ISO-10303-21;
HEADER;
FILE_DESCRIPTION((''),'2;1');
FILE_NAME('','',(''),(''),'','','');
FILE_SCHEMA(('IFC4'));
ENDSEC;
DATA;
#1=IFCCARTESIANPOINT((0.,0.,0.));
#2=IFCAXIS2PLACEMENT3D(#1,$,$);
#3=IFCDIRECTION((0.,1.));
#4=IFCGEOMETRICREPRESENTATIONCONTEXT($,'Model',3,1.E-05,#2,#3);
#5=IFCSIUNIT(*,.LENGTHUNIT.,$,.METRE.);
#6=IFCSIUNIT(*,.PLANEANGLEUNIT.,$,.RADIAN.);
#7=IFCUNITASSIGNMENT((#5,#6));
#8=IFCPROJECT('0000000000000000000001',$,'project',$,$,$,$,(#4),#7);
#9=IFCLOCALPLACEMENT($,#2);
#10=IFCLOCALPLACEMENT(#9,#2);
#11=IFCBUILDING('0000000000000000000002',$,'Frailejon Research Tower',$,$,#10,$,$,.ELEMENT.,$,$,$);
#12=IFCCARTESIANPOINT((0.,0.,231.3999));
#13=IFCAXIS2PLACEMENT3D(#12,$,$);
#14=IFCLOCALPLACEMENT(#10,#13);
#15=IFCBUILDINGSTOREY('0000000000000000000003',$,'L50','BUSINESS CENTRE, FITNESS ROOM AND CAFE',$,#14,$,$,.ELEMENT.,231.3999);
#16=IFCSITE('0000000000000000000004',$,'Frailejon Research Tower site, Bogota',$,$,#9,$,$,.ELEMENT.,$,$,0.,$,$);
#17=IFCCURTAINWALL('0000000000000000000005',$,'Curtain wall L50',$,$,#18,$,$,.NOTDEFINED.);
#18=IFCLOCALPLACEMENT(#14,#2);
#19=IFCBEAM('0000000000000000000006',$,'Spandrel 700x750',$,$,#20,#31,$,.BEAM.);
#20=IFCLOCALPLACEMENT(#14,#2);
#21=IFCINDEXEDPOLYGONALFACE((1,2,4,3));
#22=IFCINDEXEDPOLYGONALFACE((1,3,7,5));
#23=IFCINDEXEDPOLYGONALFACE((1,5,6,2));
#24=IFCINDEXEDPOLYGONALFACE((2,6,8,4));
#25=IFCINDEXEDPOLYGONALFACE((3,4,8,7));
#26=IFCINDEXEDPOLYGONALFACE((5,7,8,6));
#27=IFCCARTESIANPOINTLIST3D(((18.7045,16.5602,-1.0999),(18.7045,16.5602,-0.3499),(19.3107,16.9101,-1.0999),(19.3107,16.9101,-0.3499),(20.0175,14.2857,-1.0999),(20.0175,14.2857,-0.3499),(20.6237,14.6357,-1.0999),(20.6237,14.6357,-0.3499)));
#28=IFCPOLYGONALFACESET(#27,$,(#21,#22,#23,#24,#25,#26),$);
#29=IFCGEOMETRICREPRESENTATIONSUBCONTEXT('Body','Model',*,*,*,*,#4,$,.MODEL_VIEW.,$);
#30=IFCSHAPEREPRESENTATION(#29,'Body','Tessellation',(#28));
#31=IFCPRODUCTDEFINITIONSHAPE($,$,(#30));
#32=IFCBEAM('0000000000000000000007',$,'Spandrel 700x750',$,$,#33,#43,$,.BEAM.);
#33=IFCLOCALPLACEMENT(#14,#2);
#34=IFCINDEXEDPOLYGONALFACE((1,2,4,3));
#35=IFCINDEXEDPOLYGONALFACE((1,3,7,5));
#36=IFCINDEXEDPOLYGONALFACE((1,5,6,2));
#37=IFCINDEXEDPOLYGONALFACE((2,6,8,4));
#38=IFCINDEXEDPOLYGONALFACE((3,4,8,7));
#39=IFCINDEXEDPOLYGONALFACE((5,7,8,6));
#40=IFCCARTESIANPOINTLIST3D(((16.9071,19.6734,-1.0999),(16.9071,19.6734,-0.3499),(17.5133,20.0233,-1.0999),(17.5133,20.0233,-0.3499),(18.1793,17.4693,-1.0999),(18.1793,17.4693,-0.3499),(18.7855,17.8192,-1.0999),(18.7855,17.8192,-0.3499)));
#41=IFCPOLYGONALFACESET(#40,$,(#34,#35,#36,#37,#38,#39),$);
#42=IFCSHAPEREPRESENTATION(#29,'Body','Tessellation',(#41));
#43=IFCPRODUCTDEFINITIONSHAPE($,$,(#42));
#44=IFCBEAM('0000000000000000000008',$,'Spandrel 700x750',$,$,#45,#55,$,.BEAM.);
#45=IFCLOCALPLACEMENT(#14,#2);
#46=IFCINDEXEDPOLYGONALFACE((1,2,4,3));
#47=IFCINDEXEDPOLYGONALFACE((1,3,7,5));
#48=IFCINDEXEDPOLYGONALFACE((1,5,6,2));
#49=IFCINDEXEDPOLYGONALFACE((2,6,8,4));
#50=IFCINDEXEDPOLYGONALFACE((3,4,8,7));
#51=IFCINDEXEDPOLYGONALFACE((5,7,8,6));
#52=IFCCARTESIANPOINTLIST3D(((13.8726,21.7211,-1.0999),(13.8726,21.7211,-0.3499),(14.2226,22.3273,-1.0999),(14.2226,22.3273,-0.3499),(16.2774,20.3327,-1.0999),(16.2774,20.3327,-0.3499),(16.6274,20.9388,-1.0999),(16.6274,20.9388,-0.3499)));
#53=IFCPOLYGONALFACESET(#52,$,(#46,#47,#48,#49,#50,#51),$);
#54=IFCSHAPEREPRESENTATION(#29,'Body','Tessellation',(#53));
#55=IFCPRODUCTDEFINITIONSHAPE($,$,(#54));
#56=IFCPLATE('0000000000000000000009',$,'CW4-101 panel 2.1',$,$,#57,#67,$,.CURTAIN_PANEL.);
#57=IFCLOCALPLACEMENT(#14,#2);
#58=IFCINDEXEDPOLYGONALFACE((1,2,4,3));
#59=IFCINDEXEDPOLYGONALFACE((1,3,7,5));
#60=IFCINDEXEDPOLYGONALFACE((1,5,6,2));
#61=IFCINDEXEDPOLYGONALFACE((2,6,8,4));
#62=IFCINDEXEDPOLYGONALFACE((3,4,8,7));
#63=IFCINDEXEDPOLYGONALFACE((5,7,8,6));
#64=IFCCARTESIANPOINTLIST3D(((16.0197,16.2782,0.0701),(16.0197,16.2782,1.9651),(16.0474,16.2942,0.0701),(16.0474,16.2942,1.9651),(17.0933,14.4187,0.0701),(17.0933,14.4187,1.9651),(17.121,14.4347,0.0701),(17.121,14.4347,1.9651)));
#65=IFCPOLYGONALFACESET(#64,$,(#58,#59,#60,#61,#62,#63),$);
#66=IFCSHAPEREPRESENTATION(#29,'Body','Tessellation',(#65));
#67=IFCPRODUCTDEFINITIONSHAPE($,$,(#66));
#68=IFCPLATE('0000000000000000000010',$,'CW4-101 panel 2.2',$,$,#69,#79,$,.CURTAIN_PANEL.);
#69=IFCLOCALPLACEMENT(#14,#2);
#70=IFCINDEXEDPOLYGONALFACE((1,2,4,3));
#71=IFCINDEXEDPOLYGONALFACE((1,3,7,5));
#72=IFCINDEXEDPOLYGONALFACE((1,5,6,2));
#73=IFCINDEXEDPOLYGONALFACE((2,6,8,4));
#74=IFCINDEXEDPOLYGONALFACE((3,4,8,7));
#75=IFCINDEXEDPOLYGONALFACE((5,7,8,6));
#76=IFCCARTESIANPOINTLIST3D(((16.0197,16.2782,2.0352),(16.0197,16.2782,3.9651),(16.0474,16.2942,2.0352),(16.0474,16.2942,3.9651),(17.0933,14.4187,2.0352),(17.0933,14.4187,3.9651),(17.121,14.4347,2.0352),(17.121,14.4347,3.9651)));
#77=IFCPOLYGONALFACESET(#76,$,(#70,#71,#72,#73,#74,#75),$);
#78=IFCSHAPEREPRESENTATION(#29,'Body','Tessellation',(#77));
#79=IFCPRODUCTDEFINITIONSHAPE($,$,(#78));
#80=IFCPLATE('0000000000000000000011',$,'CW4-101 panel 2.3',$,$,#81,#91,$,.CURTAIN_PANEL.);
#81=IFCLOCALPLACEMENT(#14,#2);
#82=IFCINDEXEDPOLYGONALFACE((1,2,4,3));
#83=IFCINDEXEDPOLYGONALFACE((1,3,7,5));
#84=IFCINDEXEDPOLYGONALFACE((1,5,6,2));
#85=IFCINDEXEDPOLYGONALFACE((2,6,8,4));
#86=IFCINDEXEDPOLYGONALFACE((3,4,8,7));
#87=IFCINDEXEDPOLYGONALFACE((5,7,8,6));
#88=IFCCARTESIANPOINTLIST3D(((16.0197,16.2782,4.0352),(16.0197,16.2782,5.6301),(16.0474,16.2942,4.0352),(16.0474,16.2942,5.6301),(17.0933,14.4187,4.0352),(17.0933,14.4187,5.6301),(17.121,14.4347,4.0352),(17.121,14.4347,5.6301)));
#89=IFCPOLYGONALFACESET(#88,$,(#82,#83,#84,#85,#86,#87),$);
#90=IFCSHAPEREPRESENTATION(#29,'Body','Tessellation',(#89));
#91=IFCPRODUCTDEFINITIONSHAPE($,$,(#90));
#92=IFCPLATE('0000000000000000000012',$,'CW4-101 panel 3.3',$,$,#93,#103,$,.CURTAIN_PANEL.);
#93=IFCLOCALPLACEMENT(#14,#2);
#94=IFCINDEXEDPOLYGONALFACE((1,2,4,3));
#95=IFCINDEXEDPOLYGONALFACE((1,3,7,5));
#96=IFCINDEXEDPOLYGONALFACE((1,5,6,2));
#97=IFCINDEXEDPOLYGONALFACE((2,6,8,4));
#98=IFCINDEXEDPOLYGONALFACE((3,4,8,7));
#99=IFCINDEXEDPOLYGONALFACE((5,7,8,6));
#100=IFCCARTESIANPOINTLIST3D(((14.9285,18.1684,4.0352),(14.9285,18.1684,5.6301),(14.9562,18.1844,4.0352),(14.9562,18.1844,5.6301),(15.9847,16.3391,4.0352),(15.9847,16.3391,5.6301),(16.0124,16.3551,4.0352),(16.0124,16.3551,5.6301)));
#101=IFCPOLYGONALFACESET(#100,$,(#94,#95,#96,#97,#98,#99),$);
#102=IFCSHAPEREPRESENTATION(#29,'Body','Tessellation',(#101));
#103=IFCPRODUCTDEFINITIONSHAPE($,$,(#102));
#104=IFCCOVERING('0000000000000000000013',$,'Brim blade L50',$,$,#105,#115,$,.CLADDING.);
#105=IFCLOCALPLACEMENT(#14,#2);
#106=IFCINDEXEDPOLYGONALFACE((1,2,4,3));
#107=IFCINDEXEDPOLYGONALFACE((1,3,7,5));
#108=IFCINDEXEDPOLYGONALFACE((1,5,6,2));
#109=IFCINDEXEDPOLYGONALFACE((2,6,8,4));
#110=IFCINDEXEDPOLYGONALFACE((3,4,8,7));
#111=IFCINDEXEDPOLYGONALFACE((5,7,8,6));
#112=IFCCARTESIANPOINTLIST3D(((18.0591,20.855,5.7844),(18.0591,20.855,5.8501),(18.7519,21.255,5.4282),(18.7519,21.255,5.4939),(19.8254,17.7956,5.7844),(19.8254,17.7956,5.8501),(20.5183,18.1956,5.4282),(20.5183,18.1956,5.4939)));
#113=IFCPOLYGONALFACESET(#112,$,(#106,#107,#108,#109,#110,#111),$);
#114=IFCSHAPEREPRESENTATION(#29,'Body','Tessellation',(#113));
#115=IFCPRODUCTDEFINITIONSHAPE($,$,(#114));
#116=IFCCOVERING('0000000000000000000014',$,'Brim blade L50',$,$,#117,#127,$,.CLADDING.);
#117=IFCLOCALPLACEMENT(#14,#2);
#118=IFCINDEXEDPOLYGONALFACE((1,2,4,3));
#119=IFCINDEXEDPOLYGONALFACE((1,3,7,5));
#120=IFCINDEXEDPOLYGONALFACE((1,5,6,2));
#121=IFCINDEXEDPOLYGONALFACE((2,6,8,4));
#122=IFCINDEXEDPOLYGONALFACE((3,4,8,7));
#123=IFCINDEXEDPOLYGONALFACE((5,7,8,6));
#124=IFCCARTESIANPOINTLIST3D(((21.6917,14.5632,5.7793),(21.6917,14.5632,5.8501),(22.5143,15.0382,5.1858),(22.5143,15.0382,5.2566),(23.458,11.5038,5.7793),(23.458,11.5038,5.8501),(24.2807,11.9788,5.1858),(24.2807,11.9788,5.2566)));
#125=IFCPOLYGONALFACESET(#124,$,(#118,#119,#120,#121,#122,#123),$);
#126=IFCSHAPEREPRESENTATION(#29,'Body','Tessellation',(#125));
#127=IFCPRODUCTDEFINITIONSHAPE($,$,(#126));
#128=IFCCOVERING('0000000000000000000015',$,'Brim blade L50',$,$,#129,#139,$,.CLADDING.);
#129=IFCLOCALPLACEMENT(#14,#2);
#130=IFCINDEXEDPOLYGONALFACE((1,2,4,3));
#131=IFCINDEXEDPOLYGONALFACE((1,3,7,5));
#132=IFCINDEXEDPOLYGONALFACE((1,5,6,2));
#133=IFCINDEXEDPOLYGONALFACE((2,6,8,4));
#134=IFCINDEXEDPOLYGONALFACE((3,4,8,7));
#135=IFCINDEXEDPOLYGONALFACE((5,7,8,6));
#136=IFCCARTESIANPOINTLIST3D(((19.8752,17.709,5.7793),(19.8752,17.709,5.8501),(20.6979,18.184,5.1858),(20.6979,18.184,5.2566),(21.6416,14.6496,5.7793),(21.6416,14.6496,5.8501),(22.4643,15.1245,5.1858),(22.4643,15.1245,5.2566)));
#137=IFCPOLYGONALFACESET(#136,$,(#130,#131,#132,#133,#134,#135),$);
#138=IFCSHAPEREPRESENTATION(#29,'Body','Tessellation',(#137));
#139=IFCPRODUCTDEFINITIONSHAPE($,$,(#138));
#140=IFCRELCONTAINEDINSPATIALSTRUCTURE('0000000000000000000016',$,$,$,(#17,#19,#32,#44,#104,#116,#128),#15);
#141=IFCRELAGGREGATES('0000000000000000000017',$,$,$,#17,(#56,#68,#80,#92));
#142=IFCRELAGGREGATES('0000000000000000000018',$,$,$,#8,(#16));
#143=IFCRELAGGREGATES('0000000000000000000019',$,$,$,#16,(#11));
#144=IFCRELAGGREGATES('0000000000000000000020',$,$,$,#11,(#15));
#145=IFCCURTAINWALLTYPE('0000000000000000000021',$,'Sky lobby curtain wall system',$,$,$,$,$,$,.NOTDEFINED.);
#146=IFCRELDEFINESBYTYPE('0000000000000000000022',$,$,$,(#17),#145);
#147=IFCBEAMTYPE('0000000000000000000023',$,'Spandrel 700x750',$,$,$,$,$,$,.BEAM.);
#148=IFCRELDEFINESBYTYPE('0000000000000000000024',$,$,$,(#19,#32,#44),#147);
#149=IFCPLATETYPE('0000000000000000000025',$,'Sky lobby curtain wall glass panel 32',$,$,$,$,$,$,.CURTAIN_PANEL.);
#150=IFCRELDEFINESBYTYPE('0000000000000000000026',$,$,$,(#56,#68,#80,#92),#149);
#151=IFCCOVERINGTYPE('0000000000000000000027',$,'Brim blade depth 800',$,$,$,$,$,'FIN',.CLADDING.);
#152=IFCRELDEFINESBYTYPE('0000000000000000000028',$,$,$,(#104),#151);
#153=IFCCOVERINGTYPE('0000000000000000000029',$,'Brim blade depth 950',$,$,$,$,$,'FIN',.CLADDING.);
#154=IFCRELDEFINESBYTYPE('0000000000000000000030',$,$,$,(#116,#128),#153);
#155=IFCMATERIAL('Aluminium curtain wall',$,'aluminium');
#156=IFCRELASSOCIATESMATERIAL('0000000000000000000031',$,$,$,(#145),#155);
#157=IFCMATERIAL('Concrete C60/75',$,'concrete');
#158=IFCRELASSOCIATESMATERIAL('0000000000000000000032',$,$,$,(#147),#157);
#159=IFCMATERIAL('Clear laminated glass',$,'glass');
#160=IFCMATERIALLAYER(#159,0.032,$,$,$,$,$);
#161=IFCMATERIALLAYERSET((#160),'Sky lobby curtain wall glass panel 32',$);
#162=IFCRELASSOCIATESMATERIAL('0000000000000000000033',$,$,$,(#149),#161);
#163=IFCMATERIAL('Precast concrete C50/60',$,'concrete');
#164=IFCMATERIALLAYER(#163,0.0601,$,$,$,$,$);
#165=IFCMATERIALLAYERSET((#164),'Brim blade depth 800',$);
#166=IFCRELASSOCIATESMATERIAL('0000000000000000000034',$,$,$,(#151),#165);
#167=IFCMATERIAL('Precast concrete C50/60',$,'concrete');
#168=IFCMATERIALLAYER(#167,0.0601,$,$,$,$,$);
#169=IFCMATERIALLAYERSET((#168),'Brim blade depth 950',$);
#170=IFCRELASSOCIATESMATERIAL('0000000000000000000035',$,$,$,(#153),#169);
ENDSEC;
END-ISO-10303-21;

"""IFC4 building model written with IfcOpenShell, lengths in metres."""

from ifc_helpers import new_model, si_unit, direction, frame, origin, origin_2d, place, context, subcontext, project, spatial, polyline, rectangle, outline, extrude, material, layer, layer_set, material_profile, profile_set, type_object, element, aggregate, save


model = new_model("IFC4")

# Units and contexts
model_context = context("Model", 3, precision=1e-05, world=origin(), true_north=direction((0.0, 1.0)))
body_context = subcontext(model_context, "Body", "Model", "MODEL_VIEW")
ifc_project = project(units=[si_unit("LENGTHUNIT", "METRE"), si_unit("PLANEANGLEUNIT", "RADIAN")], contexts=[model_context])

# Site, building, storey
site_placement = place(None, origin())
site = spatial("IfcSite", under=ifc_project, at=site_placement, Name="Frailejon Research Tower site, Bogota", CompositionType="ELEMENT", RefElevation=0.0)
building_placement = place(site_placement, origin())
building = spatial("IfcBuilding", under=site, at=building_placement, Name="Frailejon Research Tower", CompositionType="ELEMENT")
storey_placement = place(building_placement, frame((0.0, 0.0, 231.3999)))
storey = spatial("IfcBuildingStorey", under=building, at=storey_placement, Name="L50", Description="BUSINESS CENTRE, FITNESS ROOM AND CAFE", CompositionType="ELEMENT", Elevation=231.3999)

# Curtain wall
ifc_material_1 = material(Name="Aluminium curtain wall", Category="aluminium")
curtain_wall_type = type_object("IfcCurtainWallType", Name="Sky lobby curtain wall system", PredefinedType="NOTDEFINED", material=ifc_material_1)
curtain_wall_placement = place(storey_placement, origin())
curtain_wall = element("IfcCurtainWall", 1, at=curtain_wall_placement, inside=storey, type_object=curtain_wall_type, Name="Curtain wall L50", PredefinedType="NOTDEFINED")

# Beams
ifc_material_2 = material(Name="Concrete C60/75", Category="concrete")
ifc_material_profile_1 = material_profile(ifc_material_2, rectangle(XDim=0.7, YDim=0.75, at=origin_2d()), Name="Spandrel 700x750")
ifc_profile_set_1 = profile_set([ifc_material_profile_1], Name="Concrete C60/75")
beam_type_1 = type_object("IfcBeamType", Name="Spandrel 700x750", PredefinedType="BEAM", material=ifc_profile_set_1)
beam_1_placement = place(storey_placement, frame((20.3206, 14.4607, -0.7249), z_axis=(-0.499959, 0.866049, 0.0), x_axis=(-0.866049, -0.499959, 0.0)))
element("IfcBeam", 2, at=beam_1_placement, inside=storey, type_object=beam_type_1, Name="Spandrel 700x750", PredefinedType="BEAM", context=body_context, shape_type="SweptSolid", body=[
    extrude(rectangle(XDim=0.7, YDim=0.75, at=origin_2d()), origin(), (0.0, 0.0, 1.0), 2.6262),
])
beam_2_placement = place(storey_placement, frame((18.4824, 17.6443, -0.7249), z_axis=(-0.499905, 0.86608, 0.0), x_axis=(-0.86608, -0.499905, 0.0)))
element("IfcBeam", 3, at=beam_2_placement, inside=storey, type_object=beam_type_1, Name="Spandrel 700x750", PredefinedType="BEAM", context=body_context, shape_type="SweptSolid", body=[
    extrude(rectangle(XDim=0.7, YDim=0.75, at=origin_2d()), origin(), (0.0, 0.0, 1.0), 2.5449),
])
beam_3_placement = place(storey_placement, frame((16.4524, 20.6357, -0.7249), z_axis=(-0.866022, 0.500007, 0.0), x_axis=(-0.500007, -0.866022, 0.0)))
element("IfcBeam", 4, at=beam_3_placement, inside=storey, type_object=beam_type_1, Name="Spandrel 700x750", PredefinedType="BEAM", context=body_context, shape_type="SweptSolid", body=[
    extrude(rectangle(XDim=0.7, YDim=0.75, at=origin_2d()), origin(), (0.0, 0.0, 1.0), 2.7769),
])

# Plates
ifc_material_3 = material(Name="Clear laminated glass", Category="glass")
ifc_layer_1 = layer(ifc_material_3, 0.032)
ifc_layer_set_1 = layer_set([ifc_layer_1], Name="Sky lobby curtain wall glass panel 32")
plate_type = type_object("IfcPlateType", Name="Sky lobby curtain wall glass panel 32", PredefinedType="CURTAIN_PANEL", material=ifc_layer_set_1)
plate_1_placement = place(storey_placement, frame((16.5703, 15.3564, 0.0701), z_axis=(0.0, 0.0, 1.0), x_axis=(-0.5, 0.866025, 0.0)))
plate_1 = element("IfcPlate", 5, at=plate_1_placement, type_object=plate_type, Name="CW4-101 panel 2.1", PredefinedType="CURTAIN_PANEL", context=body_context, shape_type="SweptSolid", body=[
    extrude(rectangle(XDim=2.1472, YDim=0.032, at=origin_2d()), origin(), (0.0, 0.0, 1.0), 1.895),
])
plate_2_placement = place(storey_placement, frame((16.5703, 15.3564, 2.0352), z_axis=(0.0, 0.0, 1.0), x_axis=(-0.5, 0.866025, 0.0)))
plate_2 = element("IfcPlate", 6, at=plate_2_placement, type_object=plate_type, Name="CW4-101 panel 2.2", PredefinedType="CURTAIN_PANEL", context=body_context, shape_type="SweptSolid", body=[
    extrude(rectangle(XDim=2.1472, YDim=0.032, at=origin_2d()), origin(), (0.0, 0.0, 1.0), 1.9299),
])
plate_3_placement = place(storey_placement, frame((16.5703, 15.3564, 4.0352), z_axis=(0.0, 0.0, 1.0), x_axis=(-0.5, 0.866025, 0.0)))
plate_3 = element("IfcPlate", 7, at=plate_3_placement, type_object=plate_type, Name="CW4-101 panel 2.3", PredefinedType="CURTAIN_PANEL", context=body_context, shape_type="SweptSolid", body=[
    extrude(rectangle(XDim=2.1472, YDim=0.032, at=origin_2d()), origin(), (0.0, 0.0, 1.0), 1.595),
])
plate_4_placement = place(storey_placement, frame((15.4705, 17.2617, 4.0352), z_axis=(0.0, 0.0, 1.0), x_axis=(-0.5, 0.866025, 0.0)))
plate_4 = element("IfcPlate", 8, at=plate_4_placement, type_object=plate_type, Name="CW4-101 panel 3.3", PredefinedType="CURTAIN_PANEL", context=body_context, shape_type="SweptSolid", body=[
    extrude(rectangle(XDim=2.1123, YDim=0.032, at=origin_2d()), origin(), (0.0, 0.0, 1.0), 1.595),
])
aggregate(curtain_wall, [plate_1, plate_2, plate_3, plate_4])

# Coverings
ifc_material_4 = material(Name="Precast concrete C50/60", Category="concrete")
ifc_layer_2 = layer(ifc_material_4, 0.0601)
ifc_layer_set_2 = layer_set([ifc_layer_2], Name="Brim blade depth 800")
covering_type_1 = type_object("IfcCoveringType", Name="Brim blade depth 800", ElementType="FIN", PredefinedType="CLADDING", material=ifc_layer_set_2)
covering_placement = place(storey_placement, frame((18.0591, 20.855, 5.8501), z_axis=(0.500003, -0.866024, 0.0), x_axis=(0.866024, 0.500003, 0.0)))
element("IfcCovering", 9, at=covering_placement, inside=storey, type_object=covering_type_1, Name="Brim blade L50", PredefinedType="CLADDING", context=body_context, shape_type="SweptSolid", body=[
    extrude(outline(polyline([(0.0, -0.0657), (0.8, -0.4219), (0.8, -0.3562), (0.0, 0.0), (0.0, -0.0657)])), origin(), (0.0, 0.0, 1.0), 3.5327),
])
ifc_material_5 = material(Name="Precast concrete C50/60", Category="concrete")
ifc_layer_3 = layer(ifc_material_5, 0.0601)
ifc_layer_set_3 = layer_set([ifc_layer_3], Name="Brim blade depth 950")
covering_type_2 = type_object("IfcCoveringType", Name="Brim blade depth 950", ElementType="FIN", PredefinedType="CLADDING", material=ifc_layer_set_3)
for number, where, z_axis, x_axis, name in (
    (10, (21.6917, 14.5632, 5.8501), (0.500003, -0.866024, 0.0), (0.866024, 0.500003, 0.0), "Brim blade L50"),
    (11, (19.8752, 17.709, 5.8501), (0.500003, -0.866024, 0.0), (0.866024, 0.500003, 0.0), "Brim blade L50"),
):
    element("IfcCovering", number, at=place(storey_placement, frame(where, z_axis=z_axis, x_axis=x_axis)), inside=storey, type_object=covering_type_2, Name=name, PredefinedType="CLADDING", context=body_context, shape_type="SweptSolid", body=[
        extrude(outline(polyline([(0.0, -0.0708), (0.95, -0.6643), (0.95, -0.5935), (0.0, 0.0), (0.0, -0.0708)])), origin(), (0.0, 0.0, 1.0), 3.5327),
    ])

save(model, "model.ifc")
